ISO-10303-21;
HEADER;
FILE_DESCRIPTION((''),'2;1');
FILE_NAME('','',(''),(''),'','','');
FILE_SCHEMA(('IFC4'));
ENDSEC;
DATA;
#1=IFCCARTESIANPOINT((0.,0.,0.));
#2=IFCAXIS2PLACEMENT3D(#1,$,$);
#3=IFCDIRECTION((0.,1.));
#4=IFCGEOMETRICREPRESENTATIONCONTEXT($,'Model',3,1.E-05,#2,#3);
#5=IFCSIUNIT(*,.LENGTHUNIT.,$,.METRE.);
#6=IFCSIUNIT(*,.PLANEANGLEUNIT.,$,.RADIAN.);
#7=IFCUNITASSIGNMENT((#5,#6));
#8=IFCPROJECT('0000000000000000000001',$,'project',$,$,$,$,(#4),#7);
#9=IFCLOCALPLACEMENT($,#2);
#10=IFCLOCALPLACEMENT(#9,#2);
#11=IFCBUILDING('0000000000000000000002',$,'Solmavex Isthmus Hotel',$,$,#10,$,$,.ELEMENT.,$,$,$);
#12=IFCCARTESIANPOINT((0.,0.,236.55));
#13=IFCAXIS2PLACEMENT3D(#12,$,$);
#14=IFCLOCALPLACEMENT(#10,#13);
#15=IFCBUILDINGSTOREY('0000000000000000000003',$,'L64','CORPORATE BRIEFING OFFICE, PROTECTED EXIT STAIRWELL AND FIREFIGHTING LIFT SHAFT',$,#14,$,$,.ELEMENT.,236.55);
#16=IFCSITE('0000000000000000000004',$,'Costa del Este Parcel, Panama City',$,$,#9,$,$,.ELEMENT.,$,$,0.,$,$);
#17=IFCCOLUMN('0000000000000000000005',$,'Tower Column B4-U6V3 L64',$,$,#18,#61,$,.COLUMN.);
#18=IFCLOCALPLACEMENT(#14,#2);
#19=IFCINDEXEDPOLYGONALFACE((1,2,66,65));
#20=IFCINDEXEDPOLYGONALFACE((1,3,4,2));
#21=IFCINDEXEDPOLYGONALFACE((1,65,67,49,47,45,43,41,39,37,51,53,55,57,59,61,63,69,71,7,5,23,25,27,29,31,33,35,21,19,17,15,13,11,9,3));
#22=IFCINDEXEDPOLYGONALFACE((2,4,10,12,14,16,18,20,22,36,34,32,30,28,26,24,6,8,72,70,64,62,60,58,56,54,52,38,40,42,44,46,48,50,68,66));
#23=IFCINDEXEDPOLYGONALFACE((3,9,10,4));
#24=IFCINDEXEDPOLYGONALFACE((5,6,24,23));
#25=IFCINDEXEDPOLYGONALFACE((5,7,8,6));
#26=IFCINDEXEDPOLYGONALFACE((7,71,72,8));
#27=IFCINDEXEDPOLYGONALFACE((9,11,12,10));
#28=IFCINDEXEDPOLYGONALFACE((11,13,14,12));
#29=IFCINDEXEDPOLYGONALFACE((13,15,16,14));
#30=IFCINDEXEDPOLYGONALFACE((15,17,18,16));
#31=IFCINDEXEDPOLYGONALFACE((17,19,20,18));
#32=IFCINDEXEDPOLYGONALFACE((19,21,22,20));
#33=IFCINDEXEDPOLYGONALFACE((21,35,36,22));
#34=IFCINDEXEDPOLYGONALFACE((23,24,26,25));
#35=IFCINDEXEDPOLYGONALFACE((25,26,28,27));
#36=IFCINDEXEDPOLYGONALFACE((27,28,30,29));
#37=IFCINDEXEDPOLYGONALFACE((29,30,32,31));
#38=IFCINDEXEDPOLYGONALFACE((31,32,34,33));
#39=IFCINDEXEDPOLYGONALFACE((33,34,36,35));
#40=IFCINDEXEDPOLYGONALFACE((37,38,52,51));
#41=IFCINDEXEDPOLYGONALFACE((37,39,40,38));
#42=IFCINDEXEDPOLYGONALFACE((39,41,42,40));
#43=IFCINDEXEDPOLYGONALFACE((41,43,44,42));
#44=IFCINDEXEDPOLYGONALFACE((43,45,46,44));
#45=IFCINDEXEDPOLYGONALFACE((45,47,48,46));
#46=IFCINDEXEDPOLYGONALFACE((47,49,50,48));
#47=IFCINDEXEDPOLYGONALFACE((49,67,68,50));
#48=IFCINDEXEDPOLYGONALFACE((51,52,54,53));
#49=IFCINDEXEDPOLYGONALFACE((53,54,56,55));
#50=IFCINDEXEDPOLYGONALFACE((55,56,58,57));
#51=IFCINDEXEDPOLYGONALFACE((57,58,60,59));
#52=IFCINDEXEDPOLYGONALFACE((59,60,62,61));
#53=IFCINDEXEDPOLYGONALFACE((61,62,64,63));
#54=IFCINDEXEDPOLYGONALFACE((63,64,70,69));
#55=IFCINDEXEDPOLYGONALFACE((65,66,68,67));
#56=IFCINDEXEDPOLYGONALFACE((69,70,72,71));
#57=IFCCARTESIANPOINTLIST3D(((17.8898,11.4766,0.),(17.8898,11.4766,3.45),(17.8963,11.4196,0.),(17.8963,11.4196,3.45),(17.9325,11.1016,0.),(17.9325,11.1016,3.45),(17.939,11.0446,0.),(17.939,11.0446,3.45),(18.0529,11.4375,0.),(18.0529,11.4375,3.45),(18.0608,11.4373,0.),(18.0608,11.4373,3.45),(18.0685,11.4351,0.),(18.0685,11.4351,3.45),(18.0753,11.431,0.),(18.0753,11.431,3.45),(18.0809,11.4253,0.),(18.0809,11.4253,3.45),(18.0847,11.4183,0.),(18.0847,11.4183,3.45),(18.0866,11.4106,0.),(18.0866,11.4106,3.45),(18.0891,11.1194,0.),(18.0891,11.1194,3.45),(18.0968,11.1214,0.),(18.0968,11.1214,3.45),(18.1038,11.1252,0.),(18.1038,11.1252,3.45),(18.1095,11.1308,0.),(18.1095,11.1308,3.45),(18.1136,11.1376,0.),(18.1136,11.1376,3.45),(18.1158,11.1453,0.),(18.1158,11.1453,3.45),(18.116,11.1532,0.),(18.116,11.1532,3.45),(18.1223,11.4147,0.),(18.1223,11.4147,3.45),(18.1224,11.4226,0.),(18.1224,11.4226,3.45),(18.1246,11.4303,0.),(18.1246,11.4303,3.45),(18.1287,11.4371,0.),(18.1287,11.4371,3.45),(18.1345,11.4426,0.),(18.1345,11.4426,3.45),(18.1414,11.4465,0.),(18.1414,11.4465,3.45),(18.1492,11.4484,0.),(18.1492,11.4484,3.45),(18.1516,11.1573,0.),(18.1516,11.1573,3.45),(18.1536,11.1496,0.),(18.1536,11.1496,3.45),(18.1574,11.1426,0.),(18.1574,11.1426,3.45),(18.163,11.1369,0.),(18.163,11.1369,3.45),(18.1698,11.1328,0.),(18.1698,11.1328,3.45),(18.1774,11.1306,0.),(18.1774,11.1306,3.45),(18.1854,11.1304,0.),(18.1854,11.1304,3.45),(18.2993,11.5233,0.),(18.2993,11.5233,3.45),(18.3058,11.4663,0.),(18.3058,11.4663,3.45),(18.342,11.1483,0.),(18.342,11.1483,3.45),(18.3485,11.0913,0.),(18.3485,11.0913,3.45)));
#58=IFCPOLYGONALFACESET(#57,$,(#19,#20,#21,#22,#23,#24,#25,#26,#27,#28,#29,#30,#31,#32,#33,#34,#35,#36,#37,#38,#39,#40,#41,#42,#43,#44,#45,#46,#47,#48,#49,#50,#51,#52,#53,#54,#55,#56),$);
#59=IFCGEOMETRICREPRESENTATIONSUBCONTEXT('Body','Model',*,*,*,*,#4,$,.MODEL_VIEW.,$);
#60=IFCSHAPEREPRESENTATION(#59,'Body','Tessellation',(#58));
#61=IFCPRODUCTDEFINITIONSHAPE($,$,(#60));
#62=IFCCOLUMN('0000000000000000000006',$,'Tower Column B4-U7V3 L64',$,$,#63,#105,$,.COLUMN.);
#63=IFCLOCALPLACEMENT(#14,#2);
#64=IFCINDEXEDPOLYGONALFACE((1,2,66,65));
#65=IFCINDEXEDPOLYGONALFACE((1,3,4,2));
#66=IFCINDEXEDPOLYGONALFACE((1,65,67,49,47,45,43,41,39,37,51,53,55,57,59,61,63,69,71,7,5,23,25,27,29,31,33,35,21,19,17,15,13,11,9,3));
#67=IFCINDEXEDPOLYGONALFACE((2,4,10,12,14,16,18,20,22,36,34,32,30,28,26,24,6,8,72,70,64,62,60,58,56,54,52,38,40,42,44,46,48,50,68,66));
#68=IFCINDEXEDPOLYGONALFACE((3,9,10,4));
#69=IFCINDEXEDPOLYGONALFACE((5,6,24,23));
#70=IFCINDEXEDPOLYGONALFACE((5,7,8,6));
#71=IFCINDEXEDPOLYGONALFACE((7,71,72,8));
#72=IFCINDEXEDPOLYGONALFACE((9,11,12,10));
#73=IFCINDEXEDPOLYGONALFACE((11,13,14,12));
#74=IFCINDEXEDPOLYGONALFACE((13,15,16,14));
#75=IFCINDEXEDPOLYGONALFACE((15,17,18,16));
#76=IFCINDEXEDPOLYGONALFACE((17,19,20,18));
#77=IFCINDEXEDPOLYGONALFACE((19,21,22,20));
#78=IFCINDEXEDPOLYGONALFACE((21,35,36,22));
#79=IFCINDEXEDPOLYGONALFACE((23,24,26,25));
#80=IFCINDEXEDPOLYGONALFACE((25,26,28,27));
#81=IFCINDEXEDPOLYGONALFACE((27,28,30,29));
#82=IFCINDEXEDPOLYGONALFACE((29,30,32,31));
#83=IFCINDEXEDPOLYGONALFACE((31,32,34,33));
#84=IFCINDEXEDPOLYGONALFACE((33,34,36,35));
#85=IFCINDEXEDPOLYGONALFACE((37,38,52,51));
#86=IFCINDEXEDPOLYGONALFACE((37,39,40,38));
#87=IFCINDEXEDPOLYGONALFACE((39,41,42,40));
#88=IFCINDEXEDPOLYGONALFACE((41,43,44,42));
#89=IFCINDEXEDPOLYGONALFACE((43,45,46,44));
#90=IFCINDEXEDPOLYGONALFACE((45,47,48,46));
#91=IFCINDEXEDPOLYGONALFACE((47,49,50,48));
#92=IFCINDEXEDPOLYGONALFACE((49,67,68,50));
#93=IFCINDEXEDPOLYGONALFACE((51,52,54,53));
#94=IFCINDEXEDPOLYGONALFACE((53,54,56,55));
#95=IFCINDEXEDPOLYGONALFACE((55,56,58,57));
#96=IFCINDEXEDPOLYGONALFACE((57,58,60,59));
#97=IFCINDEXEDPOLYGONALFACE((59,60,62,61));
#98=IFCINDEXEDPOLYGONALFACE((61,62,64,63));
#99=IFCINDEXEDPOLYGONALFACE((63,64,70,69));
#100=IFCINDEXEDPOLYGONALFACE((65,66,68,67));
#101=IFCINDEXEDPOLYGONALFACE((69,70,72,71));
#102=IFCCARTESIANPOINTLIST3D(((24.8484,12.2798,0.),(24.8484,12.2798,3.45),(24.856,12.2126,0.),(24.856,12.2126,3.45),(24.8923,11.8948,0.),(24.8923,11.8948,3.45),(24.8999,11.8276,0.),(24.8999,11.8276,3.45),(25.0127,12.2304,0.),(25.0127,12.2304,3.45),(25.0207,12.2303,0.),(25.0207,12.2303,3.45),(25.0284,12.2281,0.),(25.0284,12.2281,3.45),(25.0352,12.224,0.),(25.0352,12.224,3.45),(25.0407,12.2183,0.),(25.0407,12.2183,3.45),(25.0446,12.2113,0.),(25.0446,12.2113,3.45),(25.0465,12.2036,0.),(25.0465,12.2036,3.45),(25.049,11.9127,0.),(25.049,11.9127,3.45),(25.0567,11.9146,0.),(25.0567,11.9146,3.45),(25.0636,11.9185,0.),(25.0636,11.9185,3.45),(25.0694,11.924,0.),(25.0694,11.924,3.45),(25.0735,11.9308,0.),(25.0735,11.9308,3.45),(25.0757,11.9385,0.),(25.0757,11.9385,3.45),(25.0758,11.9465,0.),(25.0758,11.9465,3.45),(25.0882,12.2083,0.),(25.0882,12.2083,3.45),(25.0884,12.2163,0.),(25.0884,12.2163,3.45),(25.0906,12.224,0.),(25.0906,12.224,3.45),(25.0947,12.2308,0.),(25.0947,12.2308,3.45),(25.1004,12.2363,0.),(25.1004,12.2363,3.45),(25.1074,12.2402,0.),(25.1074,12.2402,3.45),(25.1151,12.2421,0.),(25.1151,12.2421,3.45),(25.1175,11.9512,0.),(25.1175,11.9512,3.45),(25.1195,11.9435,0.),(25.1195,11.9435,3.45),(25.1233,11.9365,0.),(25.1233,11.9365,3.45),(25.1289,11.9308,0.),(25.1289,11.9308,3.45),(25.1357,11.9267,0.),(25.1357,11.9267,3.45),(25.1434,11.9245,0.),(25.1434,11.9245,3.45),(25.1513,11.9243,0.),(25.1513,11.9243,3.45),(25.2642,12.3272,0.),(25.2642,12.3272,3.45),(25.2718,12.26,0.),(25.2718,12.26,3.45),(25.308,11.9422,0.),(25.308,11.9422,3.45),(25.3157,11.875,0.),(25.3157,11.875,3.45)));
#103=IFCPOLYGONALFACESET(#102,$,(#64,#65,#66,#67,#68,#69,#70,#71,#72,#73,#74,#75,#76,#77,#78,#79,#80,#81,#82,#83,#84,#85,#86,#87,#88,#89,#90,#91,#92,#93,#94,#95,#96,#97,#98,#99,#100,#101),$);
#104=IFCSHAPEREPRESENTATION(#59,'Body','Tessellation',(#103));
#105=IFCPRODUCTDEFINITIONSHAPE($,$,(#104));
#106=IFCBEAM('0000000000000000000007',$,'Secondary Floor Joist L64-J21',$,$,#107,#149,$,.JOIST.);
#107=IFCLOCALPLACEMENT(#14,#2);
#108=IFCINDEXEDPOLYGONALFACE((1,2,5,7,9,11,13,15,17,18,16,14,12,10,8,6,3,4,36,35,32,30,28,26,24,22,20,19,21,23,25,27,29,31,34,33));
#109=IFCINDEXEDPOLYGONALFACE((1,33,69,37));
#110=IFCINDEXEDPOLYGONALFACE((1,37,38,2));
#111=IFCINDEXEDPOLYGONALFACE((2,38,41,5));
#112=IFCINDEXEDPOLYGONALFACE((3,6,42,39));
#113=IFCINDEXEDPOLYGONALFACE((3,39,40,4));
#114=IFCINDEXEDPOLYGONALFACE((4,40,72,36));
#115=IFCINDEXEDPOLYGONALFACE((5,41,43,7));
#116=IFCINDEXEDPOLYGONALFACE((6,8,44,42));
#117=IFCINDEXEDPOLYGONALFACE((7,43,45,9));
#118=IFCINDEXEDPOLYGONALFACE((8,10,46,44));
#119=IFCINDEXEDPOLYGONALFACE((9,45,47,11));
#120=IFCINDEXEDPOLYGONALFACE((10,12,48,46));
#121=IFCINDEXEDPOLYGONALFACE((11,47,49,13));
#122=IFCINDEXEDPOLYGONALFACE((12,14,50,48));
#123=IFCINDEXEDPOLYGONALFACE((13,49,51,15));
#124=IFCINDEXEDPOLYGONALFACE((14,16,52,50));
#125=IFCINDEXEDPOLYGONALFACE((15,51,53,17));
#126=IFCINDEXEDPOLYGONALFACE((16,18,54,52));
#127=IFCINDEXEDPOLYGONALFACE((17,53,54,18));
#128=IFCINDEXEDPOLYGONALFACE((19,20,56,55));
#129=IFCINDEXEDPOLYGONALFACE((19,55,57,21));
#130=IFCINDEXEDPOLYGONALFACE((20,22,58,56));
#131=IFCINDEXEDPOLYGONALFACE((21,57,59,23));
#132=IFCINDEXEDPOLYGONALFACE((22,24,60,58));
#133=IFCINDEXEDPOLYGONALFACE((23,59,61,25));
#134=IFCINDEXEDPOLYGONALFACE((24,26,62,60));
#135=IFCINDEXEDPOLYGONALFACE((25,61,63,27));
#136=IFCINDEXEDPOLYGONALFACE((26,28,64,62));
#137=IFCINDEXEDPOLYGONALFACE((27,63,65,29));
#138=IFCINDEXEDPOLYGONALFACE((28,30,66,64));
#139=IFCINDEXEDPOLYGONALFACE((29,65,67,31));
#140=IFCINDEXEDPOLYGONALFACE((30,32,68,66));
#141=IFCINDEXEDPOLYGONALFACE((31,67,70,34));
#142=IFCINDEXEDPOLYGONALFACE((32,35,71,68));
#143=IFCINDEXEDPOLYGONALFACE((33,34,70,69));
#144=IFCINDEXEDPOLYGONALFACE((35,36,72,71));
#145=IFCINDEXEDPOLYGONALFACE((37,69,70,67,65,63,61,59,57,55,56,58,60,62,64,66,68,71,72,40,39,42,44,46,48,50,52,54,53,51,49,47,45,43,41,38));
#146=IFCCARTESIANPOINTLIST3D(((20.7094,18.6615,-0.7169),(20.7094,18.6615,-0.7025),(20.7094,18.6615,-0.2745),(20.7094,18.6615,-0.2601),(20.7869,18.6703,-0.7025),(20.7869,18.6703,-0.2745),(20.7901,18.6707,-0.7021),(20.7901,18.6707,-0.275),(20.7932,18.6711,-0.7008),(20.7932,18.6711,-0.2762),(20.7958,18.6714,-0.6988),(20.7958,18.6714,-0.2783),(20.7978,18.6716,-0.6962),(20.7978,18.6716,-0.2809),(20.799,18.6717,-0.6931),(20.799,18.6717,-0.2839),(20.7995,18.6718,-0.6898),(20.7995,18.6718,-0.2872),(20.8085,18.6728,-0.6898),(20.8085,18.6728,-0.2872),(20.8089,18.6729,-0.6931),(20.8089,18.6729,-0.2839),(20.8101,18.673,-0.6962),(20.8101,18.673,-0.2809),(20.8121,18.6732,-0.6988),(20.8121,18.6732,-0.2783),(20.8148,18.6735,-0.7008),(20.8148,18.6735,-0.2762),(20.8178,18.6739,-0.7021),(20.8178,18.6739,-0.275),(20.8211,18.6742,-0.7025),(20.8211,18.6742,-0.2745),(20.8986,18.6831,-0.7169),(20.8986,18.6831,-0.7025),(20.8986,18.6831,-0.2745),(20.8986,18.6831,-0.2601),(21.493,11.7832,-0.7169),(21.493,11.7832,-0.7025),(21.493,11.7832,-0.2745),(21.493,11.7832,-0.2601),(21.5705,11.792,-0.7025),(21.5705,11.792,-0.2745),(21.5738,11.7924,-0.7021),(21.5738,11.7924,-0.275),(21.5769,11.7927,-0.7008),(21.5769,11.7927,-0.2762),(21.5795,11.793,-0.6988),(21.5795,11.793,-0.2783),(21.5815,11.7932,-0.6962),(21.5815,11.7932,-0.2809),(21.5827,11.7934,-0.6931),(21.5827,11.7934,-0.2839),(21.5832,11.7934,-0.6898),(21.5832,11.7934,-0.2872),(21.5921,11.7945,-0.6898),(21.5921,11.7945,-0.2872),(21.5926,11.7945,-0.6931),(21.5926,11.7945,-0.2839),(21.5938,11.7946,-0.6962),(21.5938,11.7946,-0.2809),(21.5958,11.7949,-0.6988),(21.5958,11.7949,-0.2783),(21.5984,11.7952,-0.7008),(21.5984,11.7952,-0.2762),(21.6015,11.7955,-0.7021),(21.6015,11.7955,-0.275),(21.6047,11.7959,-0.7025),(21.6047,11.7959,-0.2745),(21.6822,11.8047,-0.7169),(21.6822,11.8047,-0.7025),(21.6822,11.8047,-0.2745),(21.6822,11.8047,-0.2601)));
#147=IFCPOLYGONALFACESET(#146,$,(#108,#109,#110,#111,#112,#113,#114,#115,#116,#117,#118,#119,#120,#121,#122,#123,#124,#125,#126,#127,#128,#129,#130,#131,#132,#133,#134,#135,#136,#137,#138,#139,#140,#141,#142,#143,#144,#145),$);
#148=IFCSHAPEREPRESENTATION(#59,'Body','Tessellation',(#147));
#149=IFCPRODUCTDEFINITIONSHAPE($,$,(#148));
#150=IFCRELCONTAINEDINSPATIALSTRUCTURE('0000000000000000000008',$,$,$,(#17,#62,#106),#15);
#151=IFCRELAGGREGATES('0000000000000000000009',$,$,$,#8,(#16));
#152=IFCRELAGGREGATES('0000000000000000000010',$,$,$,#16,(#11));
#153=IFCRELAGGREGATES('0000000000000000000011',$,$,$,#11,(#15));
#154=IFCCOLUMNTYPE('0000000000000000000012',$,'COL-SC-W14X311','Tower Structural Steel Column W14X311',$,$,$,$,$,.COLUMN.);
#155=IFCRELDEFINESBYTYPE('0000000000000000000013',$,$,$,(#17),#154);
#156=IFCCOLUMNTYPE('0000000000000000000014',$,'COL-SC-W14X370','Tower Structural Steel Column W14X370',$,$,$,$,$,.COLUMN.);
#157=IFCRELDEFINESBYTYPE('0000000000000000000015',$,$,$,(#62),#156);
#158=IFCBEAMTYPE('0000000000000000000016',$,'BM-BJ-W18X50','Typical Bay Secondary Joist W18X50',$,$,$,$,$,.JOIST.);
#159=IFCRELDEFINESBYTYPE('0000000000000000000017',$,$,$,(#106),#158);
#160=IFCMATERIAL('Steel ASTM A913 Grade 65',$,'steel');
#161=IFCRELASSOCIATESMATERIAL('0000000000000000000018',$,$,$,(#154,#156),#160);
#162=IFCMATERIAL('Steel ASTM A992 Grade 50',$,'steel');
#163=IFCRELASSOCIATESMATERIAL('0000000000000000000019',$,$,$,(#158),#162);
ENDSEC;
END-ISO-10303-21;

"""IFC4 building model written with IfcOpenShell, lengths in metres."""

from ifc_helpers import new_model, si_unit, direction, frame, origin, origin_2d, place, context, subcontext, project, spatial, i_section, extrude, material, material_profile, profile_set, type_object, element, save


model = new_model("IFC4")

# Units and contexts
model_context = context("Model", 3, precision=1e-05, world=origin(), true_north=direction((0.0, 1.0)))
body_context = subcontext(model_context, "Body", "Model", "MODEL_VIEW")
ifc_project = project(units=[si_unit("LENGTHUNIT", "METRE"), si_unit("PLANEANGLEUNIT", "RADIAN")], contexts=[model_context])

# Site, building, storey
site_placement = place(None, origin())
site = spatial("IfcSite", under=ifc_project, at=site_placement, Name="Costa del Este Parcel, Panama City", CompositionType="ELEMENT", RefElevation=0.0)
building_placement = place(site_placement, origin())
building = spatial("IfcBuilding", under=site, at=building_placement, Name="Solmavex Isthmus Hotel", CompositionType="ELEMENT")
storey_placement = place(building_placement, frame((0.0, 0.0, 236.55)))
storey = spatial("IfcBuildingStorey", under=building, at=storey_placement, Name="L64", Description="CORPORATE BRIEFING OFFICE, PROTECTED EXIT STAIRWELL AND FIREFIGHTING LIFT SHAFT", CompositionType="ELEMENT", Elevation=236.55)

# Columns
ifc_material_1 = material(Name="Steel ASTM A913 Grade 65", Category="steel")
ifc_material_profile_1 = material_profile(ifc_material_1, i_section(OverallWidth=0.4121, OverallDepth=0.4348, WebThickness=0.0359, FlangeThickness=0.0574, FilletRadius=0.0305, at=origin_2d()), Name="W14X311")
ifc_profile_set_1 = profile_set([ifc_material_profile_1], Name="Steel ASTM A913 Grade 65")
column_type_1 = type_object("IfcColumnType", Name="COL-SC-W14X311", Description="Tower Structural Steel Column W14X311", PredefinedType="COLUMN", material=ifc_profile_set_1)
column_1_placement = place(storey_placement, frame((18.1191, 11.2839, 0.0), z_axis=(0.0, 0.0, 1.0), x_axis=(0.993572, 0.113203, 0.0)))
element("IfcColumn", 1, at=column_1_placement, inside=storey, type_object=column_type_1, Name="Tower Column B4-U6V3 L64", PredefinedType="COLUMN", context=body_context, shape_type="SweptSolid", body=[
    extrude(i_section(OverallWidth=0.4121, OverallDepth=0.4348, WebThickness=0.0359, FlangeThickness=0.0574, FilletRadius=0.0305, at=origin_2d()), origin(), (0.0, 0.0, 1.0), 3.45),
])
ifc_material_profile_2 = material_profile(ifc_material_1, i_section(OverallWidth=0.4185, OverallDepth=0.4551, WebThickness=0.042, FlangeThickness=0.0676, FilletRadius=0.0305, at=origin_2d()), Name="W14X370")
ifc_profile_set_2 = profile_set([ifc_material_profile_2], Name="Steel ASTM A913 Grade 65")
column_type_2 = type_object("IfcColumnType", Name="COL-SC-W14X370", Description="Tower Structural Steel Column W14X370", PredefinedType="COLUMN", material=ifc_profile_set_2)
column_2_placement = place(storey_placement, frame((25.082, 12.0774, 0.0), z_axis=(0.0, 0.0, 1.0), x_axis=(0.993572, 0.113203, 0.0)))
element("IfcColumn", 2, at=column_2_placement, inside=storey, type_object=column_type_2, Name="Tower Column B4-U7V3 L64", PredefinedType="COLUMN", context=body_context, shape_type="SweptSolid", body=[
    extrude(i_section(OverallWidth=0.4185, OverallDepth=0.4551, WebThickness=0.042, FlangeThickness=0.0676, FilletRadius=0.0305, at=origin_2d()), origin(), (0.0, 0.0, 1.0), 3.45),
])

# Beam
ifc_material_2 = material(Name="Steel ASTM A992 Grade 50", Category="steel")
ifc_material_profile_3 = material_profile(ifc_material_2, i_section(OverallWidth=0.1904, OverallDepth=0.4568, WebThickness=0.009, FlangeThickness=0.0144, FilletRadius=0.0127, at=origin_2d()), Name="W18X50")
ifc_profile_set_3 = profile_set([ifc_material_profile_3], Name="Steel ASTM A992 Grade 50")
beam_type_1 = type_object("IfcBeamType", Name="BM-BJ-W18X50", Description="Typical Bay Secondary Joist W18X50", PredefinedType="JOIST", material=ifc_profile_set_3)
beam_1_placement = place(storey_placement, frame((21.5876, 11.7939, -0.4885), z_axis=(-0.113202, 0.993572, 0.0), x_axis=(-0.993572, -0.113202, 0.0)))
element("IfcBeam", 3, at=beam_1_placement, inside=storey, type_object=beam_type_1, Name="Secondary Floor Joist L64-J21", PredefinedType="JOIST", context=body_context, shape_type="SweptSolid", body=[
    extrude(i_section(OverallWidth=0.1904, OverallDepth=0.4568, WebThickness=0.009, FlangeThickness=0.0144, FilletRadius=0.0127, at=origin_2d()), origin(), (0.0, 0.0, 1.0), 6.9229),
])

save(model, "model.ifc")
